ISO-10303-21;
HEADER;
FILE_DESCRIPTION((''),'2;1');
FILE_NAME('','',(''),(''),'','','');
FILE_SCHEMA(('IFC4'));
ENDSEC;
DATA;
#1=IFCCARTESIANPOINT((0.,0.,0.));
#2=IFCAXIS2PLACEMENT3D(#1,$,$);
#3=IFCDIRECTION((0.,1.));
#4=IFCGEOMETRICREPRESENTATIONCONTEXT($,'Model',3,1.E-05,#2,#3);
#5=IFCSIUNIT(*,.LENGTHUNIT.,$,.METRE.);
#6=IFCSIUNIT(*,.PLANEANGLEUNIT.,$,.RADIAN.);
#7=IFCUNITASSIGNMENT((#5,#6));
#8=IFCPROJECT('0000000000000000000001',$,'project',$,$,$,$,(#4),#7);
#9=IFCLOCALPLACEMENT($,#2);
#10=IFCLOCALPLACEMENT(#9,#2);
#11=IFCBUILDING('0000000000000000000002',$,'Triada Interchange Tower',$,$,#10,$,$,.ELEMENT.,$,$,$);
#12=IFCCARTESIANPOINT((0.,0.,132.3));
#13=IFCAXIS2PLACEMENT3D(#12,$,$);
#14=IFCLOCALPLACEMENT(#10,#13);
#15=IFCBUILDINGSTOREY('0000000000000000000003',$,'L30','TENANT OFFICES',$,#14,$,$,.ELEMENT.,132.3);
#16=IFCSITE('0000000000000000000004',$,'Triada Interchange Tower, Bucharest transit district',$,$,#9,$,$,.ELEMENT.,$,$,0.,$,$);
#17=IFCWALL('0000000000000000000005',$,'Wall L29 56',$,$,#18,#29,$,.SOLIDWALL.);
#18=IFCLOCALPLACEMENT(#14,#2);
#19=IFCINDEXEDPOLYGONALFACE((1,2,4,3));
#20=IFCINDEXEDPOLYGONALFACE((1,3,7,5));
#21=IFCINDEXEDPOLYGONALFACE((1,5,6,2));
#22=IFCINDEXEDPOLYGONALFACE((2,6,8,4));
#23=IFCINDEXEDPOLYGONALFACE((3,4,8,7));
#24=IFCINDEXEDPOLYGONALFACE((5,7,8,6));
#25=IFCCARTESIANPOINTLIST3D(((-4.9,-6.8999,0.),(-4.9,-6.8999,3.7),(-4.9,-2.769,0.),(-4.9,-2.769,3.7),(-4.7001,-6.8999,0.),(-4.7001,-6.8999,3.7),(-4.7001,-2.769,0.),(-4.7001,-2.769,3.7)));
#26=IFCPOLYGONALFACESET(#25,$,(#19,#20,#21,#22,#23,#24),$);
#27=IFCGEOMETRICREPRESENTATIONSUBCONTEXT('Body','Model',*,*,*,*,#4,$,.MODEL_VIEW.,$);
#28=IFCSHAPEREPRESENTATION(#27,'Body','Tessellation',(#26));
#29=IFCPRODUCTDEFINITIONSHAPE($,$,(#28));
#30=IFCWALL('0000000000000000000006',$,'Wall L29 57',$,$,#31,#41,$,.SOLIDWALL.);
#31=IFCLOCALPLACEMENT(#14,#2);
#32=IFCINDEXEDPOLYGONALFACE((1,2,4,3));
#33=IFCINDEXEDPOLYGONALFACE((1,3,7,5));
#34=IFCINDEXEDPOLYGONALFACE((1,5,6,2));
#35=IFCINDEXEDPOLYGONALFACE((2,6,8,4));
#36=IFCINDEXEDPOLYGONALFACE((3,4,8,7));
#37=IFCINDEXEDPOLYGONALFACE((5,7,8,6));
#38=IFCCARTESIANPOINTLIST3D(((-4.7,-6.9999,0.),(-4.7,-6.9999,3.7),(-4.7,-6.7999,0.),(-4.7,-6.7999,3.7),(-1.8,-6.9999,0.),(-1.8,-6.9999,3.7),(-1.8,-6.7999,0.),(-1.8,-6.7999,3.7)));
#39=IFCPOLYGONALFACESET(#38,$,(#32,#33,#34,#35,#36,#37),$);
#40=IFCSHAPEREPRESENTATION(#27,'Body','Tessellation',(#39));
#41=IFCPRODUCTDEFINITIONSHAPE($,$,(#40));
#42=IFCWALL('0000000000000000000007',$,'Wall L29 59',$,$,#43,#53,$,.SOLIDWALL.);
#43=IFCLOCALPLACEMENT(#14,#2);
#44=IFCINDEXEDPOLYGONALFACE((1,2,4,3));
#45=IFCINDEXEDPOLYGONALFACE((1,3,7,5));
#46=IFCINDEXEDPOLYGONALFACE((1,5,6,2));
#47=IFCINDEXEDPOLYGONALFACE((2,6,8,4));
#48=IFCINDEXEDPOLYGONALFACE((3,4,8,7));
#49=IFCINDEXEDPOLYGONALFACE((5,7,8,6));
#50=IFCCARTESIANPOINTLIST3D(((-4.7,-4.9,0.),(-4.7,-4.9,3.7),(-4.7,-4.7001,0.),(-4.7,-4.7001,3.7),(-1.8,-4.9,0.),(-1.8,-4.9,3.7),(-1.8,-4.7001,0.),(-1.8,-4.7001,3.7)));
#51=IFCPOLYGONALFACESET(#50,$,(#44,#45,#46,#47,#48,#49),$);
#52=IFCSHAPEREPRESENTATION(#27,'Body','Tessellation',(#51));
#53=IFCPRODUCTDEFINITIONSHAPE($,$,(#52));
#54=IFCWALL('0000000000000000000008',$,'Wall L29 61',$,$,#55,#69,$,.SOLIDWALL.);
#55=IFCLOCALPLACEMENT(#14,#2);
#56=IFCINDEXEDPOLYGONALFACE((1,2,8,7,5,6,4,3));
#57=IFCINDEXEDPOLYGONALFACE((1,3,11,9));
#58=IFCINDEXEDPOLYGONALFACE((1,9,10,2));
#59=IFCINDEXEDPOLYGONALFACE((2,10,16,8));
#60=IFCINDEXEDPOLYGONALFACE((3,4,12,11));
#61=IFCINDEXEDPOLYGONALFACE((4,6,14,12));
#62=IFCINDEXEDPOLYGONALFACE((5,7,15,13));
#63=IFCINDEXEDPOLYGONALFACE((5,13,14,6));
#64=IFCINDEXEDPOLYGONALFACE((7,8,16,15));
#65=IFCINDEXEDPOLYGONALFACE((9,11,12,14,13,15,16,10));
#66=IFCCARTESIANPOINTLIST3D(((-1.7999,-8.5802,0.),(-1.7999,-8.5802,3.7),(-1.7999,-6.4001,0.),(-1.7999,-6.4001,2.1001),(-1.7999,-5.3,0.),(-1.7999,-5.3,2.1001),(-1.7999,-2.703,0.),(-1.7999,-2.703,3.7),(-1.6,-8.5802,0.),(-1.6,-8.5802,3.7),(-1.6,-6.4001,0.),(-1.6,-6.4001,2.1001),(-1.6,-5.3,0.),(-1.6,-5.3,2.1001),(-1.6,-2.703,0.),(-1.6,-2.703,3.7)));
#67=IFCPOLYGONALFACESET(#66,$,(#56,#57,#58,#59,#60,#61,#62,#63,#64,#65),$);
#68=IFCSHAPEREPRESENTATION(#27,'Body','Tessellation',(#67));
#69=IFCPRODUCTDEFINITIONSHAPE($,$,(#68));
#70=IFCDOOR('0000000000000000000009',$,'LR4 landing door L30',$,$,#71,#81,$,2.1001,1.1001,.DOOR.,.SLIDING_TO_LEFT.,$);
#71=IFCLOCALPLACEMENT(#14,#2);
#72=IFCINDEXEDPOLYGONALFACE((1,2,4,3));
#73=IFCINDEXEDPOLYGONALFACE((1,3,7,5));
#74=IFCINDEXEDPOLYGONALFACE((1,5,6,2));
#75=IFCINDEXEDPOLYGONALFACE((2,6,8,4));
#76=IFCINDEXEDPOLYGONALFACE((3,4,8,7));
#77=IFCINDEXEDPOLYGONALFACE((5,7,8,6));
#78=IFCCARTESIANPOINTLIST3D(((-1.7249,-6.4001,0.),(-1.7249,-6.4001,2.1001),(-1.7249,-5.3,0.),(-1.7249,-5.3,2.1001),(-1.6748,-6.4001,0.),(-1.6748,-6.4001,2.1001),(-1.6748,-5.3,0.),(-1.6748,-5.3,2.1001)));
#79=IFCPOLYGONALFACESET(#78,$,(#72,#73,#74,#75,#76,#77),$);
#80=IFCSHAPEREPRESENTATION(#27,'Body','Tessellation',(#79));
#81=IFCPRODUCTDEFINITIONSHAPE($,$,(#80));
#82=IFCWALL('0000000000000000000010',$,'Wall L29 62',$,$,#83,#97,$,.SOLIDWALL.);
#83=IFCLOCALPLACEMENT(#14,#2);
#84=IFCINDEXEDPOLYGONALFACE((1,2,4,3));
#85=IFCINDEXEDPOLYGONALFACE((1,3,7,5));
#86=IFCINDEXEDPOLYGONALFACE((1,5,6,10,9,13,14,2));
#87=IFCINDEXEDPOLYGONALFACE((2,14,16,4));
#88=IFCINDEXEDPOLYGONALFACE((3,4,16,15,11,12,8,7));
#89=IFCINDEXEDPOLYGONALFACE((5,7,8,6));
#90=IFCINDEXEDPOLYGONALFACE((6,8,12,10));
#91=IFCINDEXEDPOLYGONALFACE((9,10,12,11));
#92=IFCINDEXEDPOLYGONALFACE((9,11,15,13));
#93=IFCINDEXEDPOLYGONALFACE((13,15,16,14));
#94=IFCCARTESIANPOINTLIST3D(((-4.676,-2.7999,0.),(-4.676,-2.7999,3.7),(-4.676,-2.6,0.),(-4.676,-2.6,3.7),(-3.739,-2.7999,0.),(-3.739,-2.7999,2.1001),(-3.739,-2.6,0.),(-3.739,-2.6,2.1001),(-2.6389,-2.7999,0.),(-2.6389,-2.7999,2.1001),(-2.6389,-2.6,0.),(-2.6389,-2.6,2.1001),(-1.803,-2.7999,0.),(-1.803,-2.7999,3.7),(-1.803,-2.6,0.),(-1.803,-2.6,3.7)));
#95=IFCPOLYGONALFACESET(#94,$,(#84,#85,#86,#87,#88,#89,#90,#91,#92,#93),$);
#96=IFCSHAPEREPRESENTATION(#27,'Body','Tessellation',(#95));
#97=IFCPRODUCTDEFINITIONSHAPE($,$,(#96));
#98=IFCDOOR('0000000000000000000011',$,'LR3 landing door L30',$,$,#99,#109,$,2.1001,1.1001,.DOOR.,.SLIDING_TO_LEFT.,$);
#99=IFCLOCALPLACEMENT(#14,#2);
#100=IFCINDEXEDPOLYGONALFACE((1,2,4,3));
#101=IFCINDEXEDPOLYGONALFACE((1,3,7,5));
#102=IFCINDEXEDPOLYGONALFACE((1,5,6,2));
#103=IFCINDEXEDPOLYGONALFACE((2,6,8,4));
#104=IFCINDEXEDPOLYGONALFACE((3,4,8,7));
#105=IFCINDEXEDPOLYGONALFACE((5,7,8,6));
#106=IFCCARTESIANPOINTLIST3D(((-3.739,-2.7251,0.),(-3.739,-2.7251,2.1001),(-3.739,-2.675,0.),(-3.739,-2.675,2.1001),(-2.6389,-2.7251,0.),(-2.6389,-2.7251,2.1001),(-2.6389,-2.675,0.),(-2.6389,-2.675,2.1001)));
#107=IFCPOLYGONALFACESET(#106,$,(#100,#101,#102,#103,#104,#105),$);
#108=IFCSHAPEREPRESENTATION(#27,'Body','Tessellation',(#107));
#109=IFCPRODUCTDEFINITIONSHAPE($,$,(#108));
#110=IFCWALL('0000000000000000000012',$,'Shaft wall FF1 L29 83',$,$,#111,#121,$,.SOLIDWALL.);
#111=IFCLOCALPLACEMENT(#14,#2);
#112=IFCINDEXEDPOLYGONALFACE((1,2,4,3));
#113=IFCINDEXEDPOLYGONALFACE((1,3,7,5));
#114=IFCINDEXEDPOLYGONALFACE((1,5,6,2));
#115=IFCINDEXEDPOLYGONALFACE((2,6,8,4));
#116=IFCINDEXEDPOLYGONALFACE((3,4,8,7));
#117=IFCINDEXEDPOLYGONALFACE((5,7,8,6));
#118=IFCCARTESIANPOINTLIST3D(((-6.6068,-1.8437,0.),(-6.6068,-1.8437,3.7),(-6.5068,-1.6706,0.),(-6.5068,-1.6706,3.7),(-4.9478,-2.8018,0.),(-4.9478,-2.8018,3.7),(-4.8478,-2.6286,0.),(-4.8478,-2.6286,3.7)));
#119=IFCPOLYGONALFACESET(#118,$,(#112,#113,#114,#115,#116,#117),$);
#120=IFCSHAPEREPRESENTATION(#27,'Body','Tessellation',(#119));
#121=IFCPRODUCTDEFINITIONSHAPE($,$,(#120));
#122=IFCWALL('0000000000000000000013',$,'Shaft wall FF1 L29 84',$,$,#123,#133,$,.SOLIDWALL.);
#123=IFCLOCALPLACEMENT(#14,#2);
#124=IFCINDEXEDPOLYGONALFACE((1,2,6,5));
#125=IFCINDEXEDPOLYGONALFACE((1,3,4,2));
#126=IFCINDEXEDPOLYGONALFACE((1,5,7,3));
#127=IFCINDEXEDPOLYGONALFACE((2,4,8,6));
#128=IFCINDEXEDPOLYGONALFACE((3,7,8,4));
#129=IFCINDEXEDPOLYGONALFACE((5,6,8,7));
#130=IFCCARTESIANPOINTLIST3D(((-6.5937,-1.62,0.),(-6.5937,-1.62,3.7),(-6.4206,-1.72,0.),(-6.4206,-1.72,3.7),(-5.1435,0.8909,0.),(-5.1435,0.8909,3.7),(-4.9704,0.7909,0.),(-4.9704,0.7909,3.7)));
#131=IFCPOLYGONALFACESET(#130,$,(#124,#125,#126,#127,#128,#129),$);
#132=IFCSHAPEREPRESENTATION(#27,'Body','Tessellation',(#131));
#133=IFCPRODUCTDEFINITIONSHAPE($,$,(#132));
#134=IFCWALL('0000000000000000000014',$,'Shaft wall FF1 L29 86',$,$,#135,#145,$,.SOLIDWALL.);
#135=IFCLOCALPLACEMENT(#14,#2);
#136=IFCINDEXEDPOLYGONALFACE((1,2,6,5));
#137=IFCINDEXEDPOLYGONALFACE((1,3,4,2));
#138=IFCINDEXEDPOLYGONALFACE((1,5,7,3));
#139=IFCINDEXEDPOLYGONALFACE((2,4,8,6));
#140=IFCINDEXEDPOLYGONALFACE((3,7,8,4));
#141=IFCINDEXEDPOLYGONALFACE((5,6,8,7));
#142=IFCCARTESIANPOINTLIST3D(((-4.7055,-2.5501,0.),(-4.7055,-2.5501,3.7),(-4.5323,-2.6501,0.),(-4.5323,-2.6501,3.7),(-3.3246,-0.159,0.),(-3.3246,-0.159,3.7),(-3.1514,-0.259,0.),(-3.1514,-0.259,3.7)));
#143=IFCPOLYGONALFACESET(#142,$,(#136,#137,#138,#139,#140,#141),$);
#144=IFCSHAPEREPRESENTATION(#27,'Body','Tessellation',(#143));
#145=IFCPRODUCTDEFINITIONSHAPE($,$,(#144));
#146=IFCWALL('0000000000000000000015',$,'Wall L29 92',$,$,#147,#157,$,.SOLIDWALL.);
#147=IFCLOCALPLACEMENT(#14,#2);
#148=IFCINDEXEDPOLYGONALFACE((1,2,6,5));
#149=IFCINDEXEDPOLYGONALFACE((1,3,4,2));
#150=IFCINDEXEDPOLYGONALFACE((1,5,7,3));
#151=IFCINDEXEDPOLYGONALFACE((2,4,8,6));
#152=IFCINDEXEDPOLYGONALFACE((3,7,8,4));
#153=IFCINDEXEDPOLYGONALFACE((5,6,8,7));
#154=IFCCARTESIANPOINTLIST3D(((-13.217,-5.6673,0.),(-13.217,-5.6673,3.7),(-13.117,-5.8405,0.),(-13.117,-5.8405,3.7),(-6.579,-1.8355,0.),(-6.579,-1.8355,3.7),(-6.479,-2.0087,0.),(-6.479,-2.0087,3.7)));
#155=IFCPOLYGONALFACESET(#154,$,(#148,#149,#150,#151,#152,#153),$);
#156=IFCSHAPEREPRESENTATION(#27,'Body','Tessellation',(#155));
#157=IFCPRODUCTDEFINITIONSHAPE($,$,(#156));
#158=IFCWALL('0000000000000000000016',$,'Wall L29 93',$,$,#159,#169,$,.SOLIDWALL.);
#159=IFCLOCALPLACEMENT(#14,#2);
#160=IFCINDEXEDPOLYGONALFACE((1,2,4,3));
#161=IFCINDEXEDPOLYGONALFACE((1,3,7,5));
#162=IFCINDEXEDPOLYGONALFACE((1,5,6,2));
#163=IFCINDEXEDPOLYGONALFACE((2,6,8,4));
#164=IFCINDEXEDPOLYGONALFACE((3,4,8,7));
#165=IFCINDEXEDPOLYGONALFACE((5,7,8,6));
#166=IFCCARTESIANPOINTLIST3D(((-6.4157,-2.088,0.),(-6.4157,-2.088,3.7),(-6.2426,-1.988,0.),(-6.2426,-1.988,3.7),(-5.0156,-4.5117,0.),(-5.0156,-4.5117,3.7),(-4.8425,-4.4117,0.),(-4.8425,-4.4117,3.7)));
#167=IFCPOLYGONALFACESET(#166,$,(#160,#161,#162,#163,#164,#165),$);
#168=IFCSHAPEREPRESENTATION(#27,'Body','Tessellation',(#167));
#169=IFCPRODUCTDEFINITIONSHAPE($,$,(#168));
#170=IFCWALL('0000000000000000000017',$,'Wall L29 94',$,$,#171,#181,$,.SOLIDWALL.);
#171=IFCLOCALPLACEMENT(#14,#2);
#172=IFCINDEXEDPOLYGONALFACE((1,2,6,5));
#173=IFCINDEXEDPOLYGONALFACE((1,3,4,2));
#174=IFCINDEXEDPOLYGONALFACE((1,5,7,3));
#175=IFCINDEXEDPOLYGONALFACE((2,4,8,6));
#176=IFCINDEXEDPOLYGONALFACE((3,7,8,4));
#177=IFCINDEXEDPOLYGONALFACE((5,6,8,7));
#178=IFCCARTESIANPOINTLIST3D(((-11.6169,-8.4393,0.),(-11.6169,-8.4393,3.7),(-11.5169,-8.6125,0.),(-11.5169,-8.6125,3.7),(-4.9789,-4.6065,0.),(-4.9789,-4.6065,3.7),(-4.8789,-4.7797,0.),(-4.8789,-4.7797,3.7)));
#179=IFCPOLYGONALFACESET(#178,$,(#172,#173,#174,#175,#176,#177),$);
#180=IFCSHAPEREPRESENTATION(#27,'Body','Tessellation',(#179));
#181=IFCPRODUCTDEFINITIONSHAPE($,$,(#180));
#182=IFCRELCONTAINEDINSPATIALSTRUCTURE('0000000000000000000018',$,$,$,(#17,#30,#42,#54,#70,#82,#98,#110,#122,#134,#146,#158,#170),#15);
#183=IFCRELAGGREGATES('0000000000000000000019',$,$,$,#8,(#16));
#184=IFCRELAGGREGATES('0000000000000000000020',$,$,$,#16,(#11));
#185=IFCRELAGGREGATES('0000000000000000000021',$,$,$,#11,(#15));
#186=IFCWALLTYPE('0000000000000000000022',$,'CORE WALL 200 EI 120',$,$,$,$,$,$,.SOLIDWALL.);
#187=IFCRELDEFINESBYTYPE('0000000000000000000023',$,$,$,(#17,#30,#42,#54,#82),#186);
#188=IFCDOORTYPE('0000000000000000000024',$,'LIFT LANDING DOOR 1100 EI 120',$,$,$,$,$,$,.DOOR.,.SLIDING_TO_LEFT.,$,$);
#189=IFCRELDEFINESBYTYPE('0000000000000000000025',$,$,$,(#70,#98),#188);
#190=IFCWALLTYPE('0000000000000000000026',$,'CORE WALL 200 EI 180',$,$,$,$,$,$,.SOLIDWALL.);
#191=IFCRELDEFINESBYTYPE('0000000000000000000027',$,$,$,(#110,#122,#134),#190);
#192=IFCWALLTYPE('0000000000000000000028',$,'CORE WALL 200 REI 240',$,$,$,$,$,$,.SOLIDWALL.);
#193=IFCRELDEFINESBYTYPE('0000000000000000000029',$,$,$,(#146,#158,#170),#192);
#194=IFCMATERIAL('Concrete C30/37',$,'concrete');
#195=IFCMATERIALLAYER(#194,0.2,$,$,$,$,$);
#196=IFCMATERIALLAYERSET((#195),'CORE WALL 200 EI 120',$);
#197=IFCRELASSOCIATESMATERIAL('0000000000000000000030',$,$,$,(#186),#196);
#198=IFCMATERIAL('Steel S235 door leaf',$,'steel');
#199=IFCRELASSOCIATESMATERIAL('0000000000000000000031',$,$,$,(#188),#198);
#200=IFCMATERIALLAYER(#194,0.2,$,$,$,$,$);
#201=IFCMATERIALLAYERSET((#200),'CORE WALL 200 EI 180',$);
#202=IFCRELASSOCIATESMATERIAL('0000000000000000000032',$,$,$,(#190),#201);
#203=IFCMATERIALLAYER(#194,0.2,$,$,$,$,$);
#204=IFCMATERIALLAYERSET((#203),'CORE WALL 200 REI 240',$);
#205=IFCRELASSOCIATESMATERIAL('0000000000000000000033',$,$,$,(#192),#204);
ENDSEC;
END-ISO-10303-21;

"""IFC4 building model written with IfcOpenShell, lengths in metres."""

from ifc_helpers import new_model, si_unit, direction, frame, frame_2d, origin, place, context, subcontext, project, spatial, rectangle, extrude, material, layer, layer_set, type_object, element, fill, save


model = new_model("IFC4")

# Units and contexts
model_context = context("Model", 3, precision=1e-05, world=origin(), true_north=direction((0.0, 1.0)))
body_context = subcontext(model_context, "Body", "Model", "MODEL_VIEW")
ifc_project = project(units=[si_unit("LENGTHUNIT", "METRE"), si_unit("PLANEANGLEUNIT", "RADIAN")], contexts=[model_context])

# Site, building, storey
site_placement = place(None, origin())
site = spatial("IfcSite", under=ifc_project, at=site_placement, Name="Triada Interchange Tower, Bucharest transit district", CompositionType="ELEMENT", RefElevation=0.0)
building_placement = place(site_placement, origin())
building = spatial("IfcBuilding", under=site, at=building_placement, Name="Triada Interchange Tower", CompositionType="ELEMENT")
storey_placement = place(building_placement, frame((0.0, 0.0, 132.3)))
storey = spatial("IfcBuildingStorey", under=building, at=storey_placement, Name="L30", Description="TENANT OFFICES", CompositionType="ELEMENT", Elevation=132.3)

# Walls
ifc_material_1 = material(Name="Concrete C30/37", Category="concrete")
ifc_layer_1 = layer(ifc_material_1, 0.2)
ifc_layer_set_1 = layer_set([ifc_layer_1], Name="CORE WALL 200 EI 120")
wall_type_1 = type_object("IfcWallType", Name="CORE WALL 200 EI 120", PredefinedType="SOLIDWALL", material=ifc_layer_set_1)
wall_1_placement = place(storey_placement, frame((-4.8, -6.8999, 0.0), z_axis=(0.0, 0.0, 1.0), x_axis=(0.0, 1.0, 0.0)))
element("IfcWall", 1, at=wall_1_placement, inside=storey, type_object=wall_type_1, Name="Wall L29 56", PredefinedType="SOLIDWALL", context=body_context, shape_type="SweptSolid", body=[
    extrude(rectangle(XDim=4.1309, YDim=0.2, at=frame_2d((2.0654, 0.0))), origin(), (0.0, 0.0, 1.0), 3.7),
])
for number, where, z_axis, x_axis, name in (
    (2, (-4.7, -6.8999, 0.0), (0.0, 0.0, 1.0), (1.0, 0.0, 0.0), "Wall L29 57"),
    (3, (-4.7, -4.8, 0.0), (0.0, 0.0, 1.0), (1.0, 0.0, 0.0), "Wall L29 59"),
):
    element("IfcWall", number, at=place(storey_placement, frame(where, z_axis=z_axis, x_axis=x_axis)), inside=storey, type_object=wall_type_1, Name=name, PredefinedType="SOLIDWALL", context=body_context, shape_type="SweptSolid", body=[
        extrude(rectangle(XDim=2.8999, YDim=0.2, at=frame_2d((1.45, 0.0))), origin(), (0.0, 0.0, 1.0), 3.7),
    ])

# Walls, openings, doors
wall_2_placement = place(storey_placement, frame((-1.7, -8.5801, 0.0), z_axis=(0.0, 0.0, 1.0), x_axis=(0.0, 1.0, 0.0)))
wall_2 = element("IfcWall", 4, at=wall_2_placement, inside=storey, type_object=wall_type_1, Name="Wall L29 61", PredefinedType="SOLIDWALL", context=body_context, shape_type="SweptSolid", body=[
    extrude(rectangle(XDim=5.8772, YDim=0.2, at=frame_2d((2.9385, 0.0))), origin(), (0.0, 0.0, 1.0), 3.7),
])
opening_1_placement = place(wall_2_placement, frame((2.1799, 0.0, 0.0)))
opening_1 = element("IfcOpeningElement", 5, at=opening_1_placement, cuts=wall_2, PredefinedType="OPENING", context=body_context, shape_type="SweptSolid", body=[
    extrude(rectangle(XDim=1.1001, YDim=2.1001, at=frame_2d((0.55, 1.05))), frame((0.0, 0.1099, 0.0), z_axis=(0.0, -1.0, 0.0), x_axis=(1.0, 0.0, 0.0)), (0.0, 0.0, 1.0), 0.22),
])
ifc_material_2 = material(Name="Steel S235 door leaf", Category="steel")
door_type_1 = type_object("IfcDoorType", Name="LIFT LANDING DOOR 1100 EI 120", OperationType="SLIDING_TO_LEFT", PredefinedType="DOOR", material=ifc_material_2)
door_1_placement = place(opening_1_placement, origin())
door_1 = element("IfcDoor", 6, at=door_1_placement, inside=storey, type_object=door_type_1, Name="LR4 landing door L30", OperationType="SLIDING_TO_LEFT", OverallHeight=2.1001, OverallWidth=1.1001, PredefinedType="DOOR", context=body_context, shape_type="SweptSolid", body=[
    extrude(rectangle(XDim=1.1001, YDim=2.1001, at=frame_2d((0.55, 1.05))), frame((0.0, 0.0249, 0.0), z_axis=(0.0, -1.0, 0.0), x_axis=(1.0, 0.0, 0.0)), (0.0, 0.0, 1.0), 0.05),
])
fill(opening_1, door_1)
wall_3_placement = place(storey_placement, frame((-4.676, -2.7, 0.0), z_axis=(0.0, 0.0, 1.0), x_axis=(1.0, 0.0, 0.0)))
wall_3 = element("IfcWall", 7, at=wall_3_placement, inside=storey, type_object=wall_type_1, Name="Wall L29 62", PredefinedType="SOLIDWALL", context=body_context, shape_type="SweptSolid", body=[
    extrude(rectangle(XDim=2.873, YDim=0.2, at=frame_2d((1.4365, 0.0))), origin(), (0.0, 0.0, 1.0), 3.7),
])
opening_2_placement = place(wall_3_placement, frame((0.937, 0.0, 0.0)))
opening_2 = element("IfcOpeningElement", 8, at=opening_2_placement, cuts=wall_3, PredefinedType="OPENING", context=body_context, shape_type="SweptSolid", body=[
    extrude(rectangle(XDim=1.1001, YDim=2.1001, at=frame_2d((0.55, 1.05))), frame((0.0, 0.1099, 0.0), z_axis=(0.0, -1.0, 0.0), x_axis=(1.0, 0.0, 0.0)), (0.0, 0.0, 1.0), 0.22),
])
door_2_placement = place(opening_2_placement, origin())
door_2 = element("IfcDoor", 9, at=door_2_placement, inside=storey, type_object=door_type_1, Name="LR3 landing door L30", OperationType="SLIDING_TO_LEFT", OverallHeight=2.1001, OverallWidth=1.1001, PredefinedType="DOOR", context=body_context, shape_type="SweptSolid", body=[
    extrude(rectangle(XDim=1.1001, YDim=2.1001, at=frame_2d((0.55, 1.05))), frame((0.0, 0.0249, 0.0), z_axis=(0.0, -1.0, 0.0), x_axis=(1.0, 0.0, 0.0)), (0.0, 0.0, 1.0), 0.05),
])
fill(opening_2, door_2)

# Walls
ifc_layer_2 = layer(ifc_material_1, 0.2)
ifc_layer_set_2 = layer_set([ifc_layer_2], Name="CORE WALL 200 EI 180")
wall_type_2 = type_object("IfcWallType", Name="CORE WALL 200 EI 180", PredefinedType="SOLIDWALL", material=ifc_layer_set_2)
wall_4_placement = place(storey_placement, frame((-6.5569, -1.7571, 0.0), z_axis=(0.0, 0.0, 1.0), x_axis=(0.865975, -0.500086, 0.0)))
element("IfcWall", 10, at=wall_4_placement, inside=storey, type_object=wall_type_2, Name="Shaft wall FF1 L29 83", PredefinedType="SOLIDWALL", context=body_context, shape_type="SweptSolid", body=[
    extrude(rectangle(XDim=1.9158, YDim=0.2, at=frame_2d((0.958, 0.0))), origin(), (0.0, 0.0, 1.0), 3.7),
])
wall_5_placement = place(storey_placement, frame((-6.5071, -1.6699, 0.0), z_axis=(0.0, 0.0, 1.0), x_axis=(0.500123, 0.865954, 0.0)))
element("IfcWall", 11, at=wall_5_placement, inside=storey, type_object=wall_type_2, Name="Shaft wall FF1 L29 84", PredefinedType="SOLIDWALL", context=body_context, shape_type="SweptSolid", body=[
    extrude(rectangle(XDim=2.8997, YDim=0.2, at=frame_2d((1.4497, 0.0))), origin(), (0.0, 0.0, 1.0), 3.7),
])
wall_6_placement = place(storey_placement, frame((-4.6189, -2.6001, 0.0), z_axis=(0.0, 0.0, 1.0), x_axis=(0.500095, 0.865971, 0.0)))
element("IfcWall", 12, at=wall_6_placement, inside=storey, type_object=wall_type_2, Name="Shaft wall FF1 L29 86", PredefinedType="SOLIDWALL", context=body_context, shape_type="SweptSolid", body=[
    extrude(rectangle(XDim=2.7612, YDim=0.2, at=frame_2d((1.3806, 0.0))), origin(), (0.0, 0.0, 1.0), 3.7),
])
ifc_layer_3 = layer(ifc_material_1, 0.2)
ifc_layer_set_3 = layer_set([ifc_layer_3], Name="CORE WALL 200 REI 240")
wall_type_3 = type_object("IfcWallType", Name="CORE WALL 200 REI 240", PredefinedType="SOLIDWALL", material=ifc_layer_set_3)
wall_7_placement = place(storey_placement, frame((-13.167, -5.7539, 0.0), z_axis=(0.0, 0.0, 1.0), x_axis=(0.866061, 0.499938, 0.0)))
element("IfcWall", 13, at=wall_7_placement, inside=storey, type_object=wall_type_3, Name="Wall L29 92", PredefinedType="SOLIDWALL", context=body_context, shape_type="SweptSolid", body=[
    extrude(rectangle(XDim=7.6646, YDim=0.2, at=frame_2d((3.8323, 0.0))), origin(), (0.0, 0.0, 1.0), 3.7),
])
wall_8_placement = place(storey_placement, frame((-6.3291, -2.0381, 0.0), z_axis=(0.0, 0.0, 1.0), x_axis=(0.500201, -0.86591, 0.0)))
element("IfcWall", 14, at=wall_8_placement, inside=storey, type_object=wall_type_3, Name="Wall L29 93", PredefinedType="SOLIDWALL", context=body_context, shape_type="SweptSolid", body=[
    extrude(rectangle(XDim=2.7991, YDim=0.2, at=frame_2d((1.3994, 0.0))), origin(), (0.0, 0.0, 1.0), 3.7),
])
wall_9_placement = place(storey_placement, frame((-11.5669, -8.5259, 0.0), z_axis=(0.0, 0.0, 1.0), x_axis=(0.866006, 0.500034, 0.0)))
element("IfcWall", 15, at=wall_9_placement, inside=storey, type_object=wall_type_3, Name="Wall L29 94", PredefinedType="SOLIDWALL", context=body_context, shape_type="SweptSolid", body=[
    extrude(rectangle(XDim=7.665, YDim=0.2, at=frame_2d((3.8325, 0.0))), origin(), (0.0, 0.0, 1.0), 3.7),
])

save(model, "model.ifc")
